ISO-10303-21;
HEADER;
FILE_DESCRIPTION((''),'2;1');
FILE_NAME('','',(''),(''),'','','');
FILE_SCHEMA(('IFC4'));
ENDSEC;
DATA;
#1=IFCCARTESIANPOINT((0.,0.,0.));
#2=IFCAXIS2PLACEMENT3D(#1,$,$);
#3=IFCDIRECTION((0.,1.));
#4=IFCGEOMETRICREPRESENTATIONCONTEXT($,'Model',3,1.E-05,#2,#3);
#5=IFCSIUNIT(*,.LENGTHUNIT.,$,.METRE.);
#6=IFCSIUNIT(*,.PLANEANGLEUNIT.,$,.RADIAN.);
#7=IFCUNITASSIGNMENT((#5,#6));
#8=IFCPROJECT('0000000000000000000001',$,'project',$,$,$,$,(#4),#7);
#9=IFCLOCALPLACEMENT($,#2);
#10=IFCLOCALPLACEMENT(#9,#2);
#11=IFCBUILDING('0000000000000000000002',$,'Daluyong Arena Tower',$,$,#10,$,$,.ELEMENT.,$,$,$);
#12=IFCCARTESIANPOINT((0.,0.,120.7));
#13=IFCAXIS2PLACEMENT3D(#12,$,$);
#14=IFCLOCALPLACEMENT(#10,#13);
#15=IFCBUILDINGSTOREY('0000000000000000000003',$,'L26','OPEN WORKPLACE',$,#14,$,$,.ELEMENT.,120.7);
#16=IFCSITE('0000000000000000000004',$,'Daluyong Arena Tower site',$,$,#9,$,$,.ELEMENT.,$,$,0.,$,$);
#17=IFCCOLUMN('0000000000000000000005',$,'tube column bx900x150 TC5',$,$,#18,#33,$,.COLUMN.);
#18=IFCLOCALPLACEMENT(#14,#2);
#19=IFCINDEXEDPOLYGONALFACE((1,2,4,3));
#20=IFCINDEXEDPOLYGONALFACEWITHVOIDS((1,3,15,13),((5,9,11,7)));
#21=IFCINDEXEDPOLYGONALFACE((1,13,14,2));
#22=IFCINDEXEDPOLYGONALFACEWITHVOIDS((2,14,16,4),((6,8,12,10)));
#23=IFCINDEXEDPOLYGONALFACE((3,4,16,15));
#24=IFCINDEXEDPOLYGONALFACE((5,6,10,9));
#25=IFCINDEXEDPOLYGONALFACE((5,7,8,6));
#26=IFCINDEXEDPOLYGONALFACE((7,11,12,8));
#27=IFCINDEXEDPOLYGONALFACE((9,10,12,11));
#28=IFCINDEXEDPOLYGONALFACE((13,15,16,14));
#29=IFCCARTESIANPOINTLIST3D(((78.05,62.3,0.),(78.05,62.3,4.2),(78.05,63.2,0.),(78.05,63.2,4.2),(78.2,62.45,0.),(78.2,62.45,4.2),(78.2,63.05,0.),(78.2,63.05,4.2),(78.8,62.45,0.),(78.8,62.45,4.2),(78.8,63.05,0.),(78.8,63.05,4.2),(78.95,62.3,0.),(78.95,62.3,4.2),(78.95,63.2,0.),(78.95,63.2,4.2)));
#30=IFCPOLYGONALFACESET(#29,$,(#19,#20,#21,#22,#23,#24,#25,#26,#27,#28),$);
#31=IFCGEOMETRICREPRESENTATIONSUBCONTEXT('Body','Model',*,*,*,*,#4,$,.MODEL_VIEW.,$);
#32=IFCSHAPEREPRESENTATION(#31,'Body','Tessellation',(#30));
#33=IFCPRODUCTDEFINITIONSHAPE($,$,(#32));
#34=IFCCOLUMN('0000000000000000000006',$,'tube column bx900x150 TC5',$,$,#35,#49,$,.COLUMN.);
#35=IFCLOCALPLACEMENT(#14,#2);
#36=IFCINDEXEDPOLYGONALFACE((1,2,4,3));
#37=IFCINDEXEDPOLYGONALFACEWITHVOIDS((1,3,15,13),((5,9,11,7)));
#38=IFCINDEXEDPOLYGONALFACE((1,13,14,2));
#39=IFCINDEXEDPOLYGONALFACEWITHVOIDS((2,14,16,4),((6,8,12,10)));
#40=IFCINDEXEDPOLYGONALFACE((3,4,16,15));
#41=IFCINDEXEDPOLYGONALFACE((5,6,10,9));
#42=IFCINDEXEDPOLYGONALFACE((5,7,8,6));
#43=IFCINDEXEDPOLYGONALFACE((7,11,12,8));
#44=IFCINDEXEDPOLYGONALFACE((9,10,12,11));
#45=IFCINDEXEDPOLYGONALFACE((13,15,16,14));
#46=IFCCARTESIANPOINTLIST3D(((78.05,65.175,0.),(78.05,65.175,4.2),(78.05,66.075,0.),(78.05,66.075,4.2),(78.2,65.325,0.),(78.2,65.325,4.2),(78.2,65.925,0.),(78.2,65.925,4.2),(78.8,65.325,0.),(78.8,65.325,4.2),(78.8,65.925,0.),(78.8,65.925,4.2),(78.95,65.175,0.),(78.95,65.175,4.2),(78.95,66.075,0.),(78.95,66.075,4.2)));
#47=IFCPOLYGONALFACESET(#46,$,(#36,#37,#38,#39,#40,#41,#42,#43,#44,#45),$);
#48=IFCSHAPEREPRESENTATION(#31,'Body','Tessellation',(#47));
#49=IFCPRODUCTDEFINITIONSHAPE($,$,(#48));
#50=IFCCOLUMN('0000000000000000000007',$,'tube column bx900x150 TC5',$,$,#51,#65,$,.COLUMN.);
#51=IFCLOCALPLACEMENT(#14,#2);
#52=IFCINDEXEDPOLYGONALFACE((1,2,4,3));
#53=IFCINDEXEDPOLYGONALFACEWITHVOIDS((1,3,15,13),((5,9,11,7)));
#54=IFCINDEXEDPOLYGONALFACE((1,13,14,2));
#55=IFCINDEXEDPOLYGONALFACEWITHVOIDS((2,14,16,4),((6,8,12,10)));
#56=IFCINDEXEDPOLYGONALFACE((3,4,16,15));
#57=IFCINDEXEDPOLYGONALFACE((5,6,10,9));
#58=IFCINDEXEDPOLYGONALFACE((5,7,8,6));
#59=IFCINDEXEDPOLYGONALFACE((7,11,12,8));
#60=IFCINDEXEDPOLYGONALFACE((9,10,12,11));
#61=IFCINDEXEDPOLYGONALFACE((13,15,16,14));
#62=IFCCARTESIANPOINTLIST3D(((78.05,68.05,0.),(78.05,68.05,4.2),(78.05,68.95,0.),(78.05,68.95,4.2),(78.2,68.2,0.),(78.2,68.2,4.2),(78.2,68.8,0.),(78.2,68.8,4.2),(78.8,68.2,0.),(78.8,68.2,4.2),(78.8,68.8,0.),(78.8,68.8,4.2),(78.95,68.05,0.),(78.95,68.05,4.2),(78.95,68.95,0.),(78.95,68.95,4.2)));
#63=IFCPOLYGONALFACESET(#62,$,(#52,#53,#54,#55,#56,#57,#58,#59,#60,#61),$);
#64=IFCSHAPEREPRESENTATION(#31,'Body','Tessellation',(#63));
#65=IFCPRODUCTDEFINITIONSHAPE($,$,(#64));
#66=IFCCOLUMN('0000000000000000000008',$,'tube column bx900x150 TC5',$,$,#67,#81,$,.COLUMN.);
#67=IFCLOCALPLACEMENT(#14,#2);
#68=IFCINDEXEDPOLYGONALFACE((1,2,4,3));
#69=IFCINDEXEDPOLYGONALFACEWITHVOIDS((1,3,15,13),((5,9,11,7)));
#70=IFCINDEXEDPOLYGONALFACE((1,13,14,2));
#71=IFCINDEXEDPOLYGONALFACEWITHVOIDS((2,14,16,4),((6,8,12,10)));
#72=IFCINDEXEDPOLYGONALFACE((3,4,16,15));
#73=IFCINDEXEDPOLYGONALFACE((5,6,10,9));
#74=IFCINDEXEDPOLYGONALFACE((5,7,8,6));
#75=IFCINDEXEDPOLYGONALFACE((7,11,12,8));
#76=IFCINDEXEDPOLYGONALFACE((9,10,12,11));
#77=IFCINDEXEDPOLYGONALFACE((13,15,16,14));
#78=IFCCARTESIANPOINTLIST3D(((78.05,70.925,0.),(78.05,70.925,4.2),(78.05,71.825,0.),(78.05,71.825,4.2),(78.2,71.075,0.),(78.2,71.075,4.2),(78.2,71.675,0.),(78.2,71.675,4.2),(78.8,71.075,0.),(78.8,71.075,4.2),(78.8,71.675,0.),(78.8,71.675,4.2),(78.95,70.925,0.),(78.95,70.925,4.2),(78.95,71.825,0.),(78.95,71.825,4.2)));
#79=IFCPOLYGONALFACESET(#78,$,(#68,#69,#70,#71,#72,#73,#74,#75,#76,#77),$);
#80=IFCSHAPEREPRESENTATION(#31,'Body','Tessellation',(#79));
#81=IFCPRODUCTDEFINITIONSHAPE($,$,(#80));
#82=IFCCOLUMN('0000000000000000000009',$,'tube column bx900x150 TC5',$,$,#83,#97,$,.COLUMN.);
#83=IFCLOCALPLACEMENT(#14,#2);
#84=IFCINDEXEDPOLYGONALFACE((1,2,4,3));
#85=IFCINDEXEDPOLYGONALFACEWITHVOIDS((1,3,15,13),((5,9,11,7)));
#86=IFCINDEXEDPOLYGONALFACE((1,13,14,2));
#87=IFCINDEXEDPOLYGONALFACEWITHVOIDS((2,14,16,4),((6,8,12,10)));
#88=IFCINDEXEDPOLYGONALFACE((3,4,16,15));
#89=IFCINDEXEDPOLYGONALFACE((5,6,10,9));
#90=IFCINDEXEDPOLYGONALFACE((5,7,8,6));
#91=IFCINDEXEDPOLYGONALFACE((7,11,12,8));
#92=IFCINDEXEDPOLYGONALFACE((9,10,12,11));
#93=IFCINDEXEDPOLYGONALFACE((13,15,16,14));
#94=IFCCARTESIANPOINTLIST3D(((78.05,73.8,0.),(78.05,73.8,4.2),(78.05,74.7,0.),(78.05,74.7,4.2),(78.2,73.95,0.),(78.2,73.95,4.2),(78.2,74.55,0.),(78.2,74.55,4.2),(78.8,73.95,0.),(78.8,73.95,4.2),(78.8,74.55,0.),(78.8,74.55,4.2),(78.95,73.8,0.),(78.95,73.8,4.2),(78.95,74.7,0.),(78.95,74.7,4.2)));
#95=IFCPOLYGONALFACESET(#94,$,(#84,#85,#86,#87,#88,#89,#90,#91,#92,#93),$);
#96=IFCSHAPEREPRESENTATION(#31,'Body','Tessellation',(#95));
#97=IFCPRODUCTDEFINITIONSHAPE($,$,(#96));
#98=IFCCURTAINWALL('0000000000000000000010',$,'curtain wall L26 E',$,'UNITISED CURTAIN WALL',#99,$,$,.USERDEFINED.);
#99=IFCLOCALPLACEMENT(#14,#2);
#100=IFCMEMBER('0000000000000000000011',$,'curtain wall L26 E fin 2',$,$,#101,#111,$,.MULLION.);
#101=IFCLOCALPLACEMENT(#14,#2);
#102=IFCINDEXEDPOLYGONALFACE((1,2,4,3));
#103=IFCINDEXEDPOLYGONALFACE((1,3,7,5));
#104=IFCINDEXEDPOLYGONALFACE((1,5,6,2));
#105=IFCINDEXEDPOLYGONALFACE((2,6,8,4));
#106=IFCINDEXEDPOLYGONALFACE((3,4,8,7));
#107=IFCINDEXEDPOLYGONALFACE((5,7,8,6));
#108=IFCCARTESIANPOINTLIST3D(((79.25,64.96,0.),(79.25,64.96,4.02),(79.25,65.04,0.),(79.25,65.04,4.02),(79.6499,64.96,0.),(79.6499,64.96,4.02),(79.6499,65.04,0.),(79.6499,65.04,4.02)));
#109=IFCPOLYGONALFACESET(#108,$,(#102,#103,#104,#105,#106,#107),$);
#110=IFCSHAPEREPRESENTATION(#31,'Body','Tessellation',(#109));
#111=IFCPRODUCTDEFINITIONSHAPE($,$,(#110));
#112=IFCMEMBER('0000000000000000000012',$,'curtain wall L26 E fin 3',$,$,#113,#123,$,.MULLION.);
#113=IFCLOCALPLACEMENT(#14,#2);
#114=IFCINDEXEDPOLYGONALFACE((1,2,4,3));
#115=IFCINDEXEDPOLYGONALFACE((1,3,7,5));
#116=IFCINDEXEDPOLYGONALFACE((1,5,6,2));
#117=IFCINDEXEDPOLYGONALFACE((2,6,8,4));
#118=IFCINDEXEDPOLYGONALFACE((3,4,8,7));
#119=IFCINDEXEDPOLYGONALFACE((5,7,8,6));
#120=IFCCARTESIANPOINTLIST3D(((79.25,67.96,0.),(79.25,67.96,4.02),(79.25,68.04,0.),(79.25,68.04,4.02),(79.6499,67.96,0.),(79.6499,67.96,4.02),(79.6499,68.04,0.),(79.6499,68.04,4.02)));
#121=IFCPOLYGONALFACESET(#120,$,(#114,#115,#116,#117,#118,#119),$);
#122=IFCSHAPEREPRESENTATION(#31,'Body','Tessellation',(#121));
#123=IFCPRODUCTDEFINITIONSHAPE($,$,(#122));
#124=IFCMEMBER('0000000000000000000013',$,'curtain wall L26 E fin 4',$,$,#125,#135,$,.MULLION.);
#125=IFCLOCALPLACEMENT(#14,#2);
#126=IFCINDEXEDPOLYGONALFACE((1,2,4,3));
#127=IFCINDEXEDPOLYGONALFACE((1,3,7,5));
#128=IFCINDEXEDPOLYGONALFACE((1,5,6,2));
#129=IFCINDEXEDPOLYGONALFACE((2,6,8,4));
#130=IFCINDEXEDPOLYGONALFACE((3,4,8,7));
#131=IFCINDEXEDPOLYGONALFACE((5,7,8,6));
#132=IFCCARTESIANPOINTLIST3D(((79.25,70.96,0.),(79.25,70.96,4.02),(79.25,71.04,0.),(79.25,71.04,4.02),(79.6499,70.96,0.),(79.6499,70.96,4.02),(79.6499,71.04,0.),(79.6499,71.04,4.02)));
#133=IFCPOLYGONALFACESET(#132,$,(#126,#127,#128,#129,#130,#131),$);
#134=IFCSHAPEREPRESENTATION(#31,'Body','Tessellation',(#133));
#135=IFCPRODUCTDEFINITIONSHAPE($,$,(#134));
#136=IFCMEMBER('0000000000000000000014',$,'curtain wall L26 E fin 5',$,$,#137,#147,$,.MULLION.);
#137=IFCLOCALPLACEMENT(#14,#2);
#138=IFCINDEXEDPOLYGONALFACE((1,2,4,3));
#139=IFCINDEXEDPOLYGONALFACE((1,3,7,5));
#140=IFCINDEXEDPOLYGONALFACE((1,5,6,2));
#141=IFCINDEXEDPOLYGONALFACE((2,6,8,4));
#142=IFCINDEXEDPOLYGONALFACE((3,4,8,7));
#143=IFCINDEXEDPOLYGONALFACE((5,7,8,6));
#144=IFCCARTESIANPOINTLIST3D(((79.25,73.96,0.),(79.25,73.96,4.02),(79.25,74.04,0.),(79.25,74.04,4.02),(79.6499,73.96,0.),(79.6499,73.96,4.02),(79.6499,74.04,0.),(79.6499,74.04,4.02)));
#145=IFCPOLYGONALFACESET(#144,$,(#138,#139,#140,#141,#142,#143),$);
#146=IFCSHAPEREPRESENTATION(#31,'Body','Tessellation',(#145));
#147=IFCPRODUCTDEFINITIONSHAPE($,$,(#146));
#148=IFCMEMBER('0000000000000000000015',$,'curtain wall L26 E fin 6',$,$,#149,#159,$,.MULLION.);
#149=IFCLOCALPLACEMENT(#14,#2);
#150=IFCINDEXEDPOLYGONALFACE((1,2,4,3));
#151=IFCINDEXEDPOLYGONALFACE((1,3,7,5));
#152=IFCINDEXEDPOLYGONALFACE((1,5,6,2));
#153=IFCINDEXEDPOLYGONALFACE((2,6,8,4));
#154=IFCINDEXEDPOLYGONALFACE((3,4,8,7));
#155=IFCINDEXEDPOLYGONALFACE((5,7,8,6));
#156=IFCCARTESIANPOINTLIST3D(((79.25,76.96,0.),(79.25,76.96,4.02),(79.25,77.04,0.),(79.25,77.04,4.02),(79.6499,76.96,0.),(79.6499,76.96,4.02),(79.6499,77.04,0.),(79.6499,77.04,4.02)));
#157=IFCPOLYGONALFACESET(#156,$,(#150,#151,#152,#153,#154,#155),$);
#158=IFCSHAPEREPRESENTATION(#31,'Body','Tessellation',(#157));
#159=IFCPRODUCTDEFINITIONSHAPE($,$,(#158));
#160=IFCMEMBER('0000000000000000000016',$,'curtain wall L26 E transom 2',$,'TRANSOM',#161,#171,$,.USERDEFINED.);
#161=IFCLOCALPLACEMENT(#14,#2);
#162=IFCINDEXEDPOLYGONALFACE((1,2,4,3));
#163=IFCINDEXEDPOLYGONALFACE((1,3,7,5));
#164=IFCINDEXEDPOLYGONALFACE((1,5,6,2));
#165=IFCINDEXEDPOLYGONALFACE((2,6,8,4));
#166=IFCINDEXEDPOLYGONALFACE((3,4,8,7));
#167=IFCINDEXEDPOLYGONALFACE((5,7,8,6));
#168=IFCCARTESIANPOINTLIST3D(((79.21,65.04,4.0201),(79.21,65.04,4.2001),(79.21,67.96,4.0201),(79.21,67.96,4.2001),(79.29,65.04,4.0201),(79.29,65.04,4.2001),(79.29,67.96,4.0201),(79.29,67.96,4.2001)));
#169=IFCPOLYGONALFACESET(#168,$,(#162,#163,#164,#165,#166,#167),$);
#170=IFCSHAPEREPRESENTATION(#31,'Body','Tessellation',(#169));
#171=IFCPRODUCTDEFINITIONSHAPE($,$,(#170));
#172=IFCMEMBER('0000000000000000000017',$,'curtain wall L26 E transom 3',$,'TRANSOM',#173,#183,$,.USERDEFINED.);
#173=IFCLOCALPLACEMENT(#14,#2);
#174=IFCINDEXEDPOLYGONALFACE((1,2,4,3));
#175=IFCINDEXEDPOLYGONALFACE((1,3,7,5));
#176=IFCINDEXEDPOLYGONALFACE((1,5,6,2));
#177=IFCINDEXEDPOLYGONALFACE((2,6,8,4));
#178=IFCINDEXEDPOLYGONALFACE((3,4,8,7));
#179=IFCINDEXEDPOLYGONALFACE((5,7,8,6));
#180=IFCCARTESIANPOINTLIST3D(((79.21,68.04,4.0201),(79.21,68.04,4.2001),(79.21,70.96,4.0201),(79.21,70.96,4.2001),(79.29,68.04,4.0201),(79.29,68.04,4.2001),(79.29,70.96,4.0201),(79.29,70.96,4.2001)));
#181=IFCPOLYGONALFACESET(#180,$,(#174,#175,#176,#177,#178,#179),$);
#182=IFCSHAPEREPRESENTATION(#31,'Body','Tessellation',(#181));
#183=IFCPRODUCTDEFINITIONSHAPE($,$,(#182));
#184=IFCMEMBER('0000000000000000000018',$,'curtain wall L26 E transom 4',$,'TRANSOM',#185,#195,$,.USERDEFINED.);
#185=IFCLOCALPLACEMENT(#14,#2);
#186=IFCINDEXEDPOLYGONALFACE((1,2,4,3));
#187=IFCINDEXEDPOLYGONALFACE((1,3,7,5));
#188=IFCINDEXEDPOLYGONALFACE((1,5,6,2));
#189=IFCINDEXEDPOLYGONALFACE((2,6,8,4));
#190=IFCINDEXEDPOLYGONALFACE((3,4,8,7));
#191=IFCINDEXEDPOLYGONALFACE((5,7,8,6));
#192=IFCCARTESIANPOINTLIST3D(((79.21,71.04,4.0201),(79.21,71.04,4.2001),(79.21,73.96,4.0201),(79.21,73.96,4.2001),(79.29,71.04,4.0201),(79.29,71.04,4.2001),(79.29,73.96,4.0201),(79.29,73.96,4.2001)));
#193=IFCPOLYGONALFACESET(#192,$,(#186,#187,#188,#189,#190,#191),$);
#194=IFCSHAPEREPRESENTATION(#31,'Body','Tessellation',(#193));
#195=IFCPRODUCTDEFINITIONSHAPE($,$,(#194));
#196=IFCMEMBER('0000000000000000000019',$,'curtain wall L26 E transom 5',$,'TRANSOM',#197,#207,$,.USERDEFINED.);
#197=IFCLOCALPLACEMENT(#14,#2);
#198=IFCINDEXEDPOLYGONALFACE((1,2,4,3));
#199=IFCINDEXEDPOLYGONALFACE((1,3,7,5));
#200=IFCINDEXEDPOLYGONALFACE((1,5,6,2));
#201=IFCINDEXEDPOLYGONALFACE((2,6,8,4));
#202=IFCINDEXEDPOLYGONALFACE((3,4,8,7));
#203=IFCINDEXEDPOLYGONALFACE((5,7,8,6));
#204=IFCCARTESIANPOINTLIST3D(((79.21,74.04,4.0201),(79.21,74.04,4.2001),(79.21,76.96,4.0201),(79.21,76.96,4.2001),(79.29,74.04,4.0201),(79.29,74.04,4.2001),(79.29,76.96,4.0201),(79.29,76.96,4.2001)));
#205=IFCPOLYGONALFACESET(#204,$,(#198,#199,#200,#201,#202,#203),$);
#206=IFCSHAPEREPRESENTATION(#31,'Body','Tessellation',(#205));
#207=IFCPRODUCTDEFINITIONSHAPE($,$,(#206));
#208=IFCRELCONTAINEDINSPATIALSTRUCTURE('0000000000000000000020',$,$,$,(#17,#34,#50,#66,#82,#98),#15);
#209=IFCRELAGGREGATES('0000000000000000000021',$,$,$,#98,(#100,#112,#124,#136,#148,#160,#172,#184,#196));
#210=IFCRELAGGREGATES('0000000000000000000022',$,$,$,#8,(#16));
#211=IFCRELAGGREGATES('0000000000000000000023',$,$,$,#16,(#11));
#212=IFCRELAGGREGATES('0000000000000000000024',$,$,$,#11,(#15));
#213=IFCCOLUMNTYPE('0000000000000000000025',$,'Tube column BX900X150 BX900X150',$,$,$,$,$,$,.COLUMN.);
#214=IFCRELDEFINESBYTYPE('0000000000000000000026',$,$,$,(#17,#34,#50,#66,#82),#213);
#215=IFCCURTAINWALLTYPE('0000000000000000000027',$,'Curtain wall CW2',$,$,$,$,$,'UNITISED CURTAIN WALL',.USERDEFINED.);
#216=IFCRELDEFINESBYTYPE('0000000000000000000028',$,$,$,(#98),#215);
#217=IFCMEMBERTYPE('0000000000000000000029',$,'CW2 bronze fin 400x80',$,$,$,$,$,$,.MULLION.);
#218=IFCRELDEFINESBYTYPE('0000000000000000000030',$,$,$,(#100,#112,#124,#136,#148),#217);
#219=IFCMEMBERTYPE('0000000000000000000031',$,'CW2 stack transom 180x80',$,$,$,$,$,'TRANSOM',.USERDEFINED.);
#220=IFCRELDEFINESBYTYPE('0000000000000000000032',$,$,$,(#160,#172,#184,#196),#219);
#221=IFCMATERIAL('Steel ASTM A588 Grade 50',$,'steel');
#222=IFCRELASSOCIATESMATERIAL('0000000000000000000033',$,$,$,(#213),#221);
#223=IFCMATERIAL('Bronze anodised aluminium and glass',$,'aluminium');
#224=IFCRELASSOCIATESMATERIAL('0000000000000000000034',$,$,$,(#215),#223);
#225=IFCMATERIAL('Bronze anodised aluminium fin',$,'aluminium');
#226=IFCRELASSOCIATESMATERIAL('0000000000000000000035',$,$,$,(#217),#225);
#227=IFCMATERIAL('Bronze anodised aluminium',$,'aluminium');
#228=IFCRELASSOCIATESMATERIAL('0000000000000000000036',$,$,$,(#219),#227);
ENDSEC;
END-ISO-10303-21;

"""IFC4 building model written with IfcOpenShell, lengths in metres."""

from ifc_helpers import new_model, si_unit, direction, frame, origin, origin_2d, place, context, subcontext, project, spatial, rectangle, hollow_rectangle, extrude, material, material_profile, profile_set, type_object, element, aggregate, save


model = new_model("IFC4")

# Units and contexts
model_context = context("Model", 3, precision=1e-05, world=origin(), true_north=direction((0.0, 1.0)))
body_context = subcontext(model_context, "Body", "Model", "MODEL_VIEW")
ifc_project = project(units=[si_unit("LENGTHUNIT", "METRE"), si_unit("PLANEANGLEUNIT", "RADIAN")], contexts=[model_context])

# Site, building, storey
site_placement = place(None, origin())
site = spatial("IfcSite", under=ifc_project, at=site_placement, Name="Daluyong Arena Tower site", CompositionType="ELEMENT", RefElevation=0.0)
building_placement = place(site_placement, origin())
building = spatial("IfcBuilding", under=site, at=building_placement, Name="Daluyong Arena Tower", CompositionType="ELEMENT")
storey_placement = place(building_placement, frame((0.0, 0.0, 120.7)))
storey = spatial("IfcBuildingStorey", under=building, at=storey_placement, Name="L26", Description="OPEN WORKPLACE", CompositionType="ELEMENT", Elevation=120.7)

# Columns
ifc_material_1 = material(Name="Steel ASTM A588 Grade 50", Category="steel")
ifc_material_profile_1 = material_profile(ifc_material_1, hollow_rectangle(XDim=0.8999, YDim=0.8999, WallThickness=0.15, at=origin_2d()))
ifc_profile_set_1 = profile_set([ifc_material_profile_1], Name="Steel ASTM A588 Grade 50")
column_type = type_object("IfcColumnType", Name="Tube column BX900X150 BX900X150", PredefinedType="COLUMN", material=ifc_profile_set_1)
for number, where, z_axis, x_axis, name in (
    (1, (78.5, 62.75, 0.0), (0.0, 0.0, 1.0), (0.0, 1.0, 0.0), "tube column bx900x150 TC5"),
    (2, (78.5, 65.625, 0.0), (0.0, 0.0, 1.0), (0.0, 1.0, 0.0), "tube column bx900x150 TC5"),
    (3, (78.5, 68.5, 0.0), (0.0, 0.0, 1.0), (0.0, 1.0, 0.0), "tube column bx900x150 TC5"),
    (4, (78.5, 71.375, 0.0), (0.0, 0.0, 1.0), (0.0, 1.0, 0.0), "tube column bx900x150 TC5"),
    (5, (78.5, 74.25, 0.0), (0.0, 0.0, 1.0), (0.0, 1.0, 0.0), "tube column bx900x150 TC5"),
):
    element("IfcColumn", number, at=place(storey_placement, frame(where, z_axis=z_axis, x_axis=x_axis)), inside=storey, type_object=column_type, Name=name, PredefinedType="COLUMN", context=body_context, shape_type="SweptSolid", body=[
        extrude(hollow_rectangle(XDim=0.8999, YDim=0.8999, WallThickness=0.15, at=origin_2d()), origin(), (0.0, 0.0, 1.0), 4.2),
    ])

# Curtain wall, members
ifc_material_2 = material(Name="Bronze anodised aluminium and glass", Category="aluminium")
curtain_wall_type = type_object("IfcCurtainWallType", Name="Curtain wall CW2", ElementType="UNITISED CURTAIN WALL", PredefinedType="USERDEFINED", material=ifc_material_2)
curtain_wall_placement = place(storey_placement, origin())
curtain_wall = element("IfcCurtainWall", 6, at=curtain_wall_placement, inside=storey, type_object=curtain_wall_type, Name="curtain wall L26 E", ObjectType="UNITISED CURTAIN WALL", PredefinedType="USERDEFINED")
ifc_material_3 = material(Name="Bronze anodised aluminium fin", Category="aluminium")
ifc_material_profile_2 = material_profile(ifc_material_3, rectangle(XDim=0.3999, YDim=0.0801, at=origin_2d()))
ifc_profile_set_2 = profile_set([ifc_material_profile_2], Name="Bronze anodised aluminium fin")
member_type_1 = type_object("IfcMemberType", Name="CW2 bronze fin 400x80", PredefinedType="MULLION", material=ifc_profile_set_2)
member_1_placement = place(storey_placement, frame((79.45, 65.0, 0.0), z_axis=(0.0, 0.0, 1.0), x_axis=(-1.0, 0.0, 0.0)))
member_1 = element("IfcMember", 7, at=member_1_placement, type_object=member_type_1, Name="curtain wall L26 E fin 2", PredefinedType="MULLION", context=body_context, shape_type="SweptSolid", body=[
    extrude(rectangle(XDim=0.3999, YDim=0.0801, at=origin_2d()), origin(), (0.0, 0.0, 1.0), 4.02),
])
member_2_placement = place(storey_placement, frame((79.45, 68.0, 0.0), z_axis=(0.0, 0.0, 1.0), x_axis=(-1.0, 0.0, 0.0)))
member_2 = element("IfcMember", 8, at=member_2_placement, type_object=member_type_1, Name="curtain wall L26 E fin 3", PredefinedType="MULLION", context=body_context, shape_type="SweptSolid", body=[
    extrude(rectangle(XDim=0.3999, YDim=0.0801, at=origin_2d()), origin(), (0.0, 0.0, 1.0), 4.02),
])
member_3_placement = place(storey_placement, frame((79.45, 71.0, 0.0), z_axis=(0.0, 0.0, 1.0), x_axis=(-1.0, 0.0, 0.0)))
member_3 = element("IfcMember", 9, at=member_3_placement, type_object=member_type_1, Name="curtain wall L26 E fin 4", PredefinedType="MULLION", context=body_context, shape_type="SweptSolid", body=[
    extrude(rectangle(XDim=0.3999, YDim=0.0801, at=origin_2d()), origin(), (0.0, 0.0, 1.0), 4.02),
])
member_4_placement = place(storey_placement, frame((79.45, 74.0, 0.0), z_axis=(0.0, 0.0, 1.0), x_axis=(-1.0, 0.0, 0.0)))
member_4 = element("IfcMember", 10, at=member_4_placement, type_object=member_type_1, Name="curtain wall L26 E fin 5", PredefinedType="MULLION", context=body_context, shape_type="SweptSolid", body=[
    extrude(rectangle(XDim=0.3999, YDim=0.0801, at=origin_2d()), origin(), (0.0, 0.0, 1.0), 4.02),
])
member_5_placement = place(storey_placement, frame((79.45, 77.0, 0.0), z_axis=(0.0, 0.0, 1.0), x_axis=(-1.0, 0.0, 0.0)))
member_5 = element("IfcMember", 11, at=member_5_placement, type_object=member_type_1, Name="curtain wall L26 E fin 6", PredefinedType="MULLION", context=body_context, shape_type="SweptSolid", body=[
    extrude(rectangle(XDim=0.3999, YDim=0.0801, at=origin_2d()), origin(), (0.0, 0.0, 1.0), 4.02),
])
ifc_material_4 = material(Name="Bronze anodised aluminium", Category="aluminium")
ifc_material_profile_3 = material_profile(ifc_material_4, rectangle(XDim=0.0801, YDim=0.1799, at=origin_2d()))
ifc_profile_set_3 = profile_set([ifc_material_profile_3], Name="Bronze anodised aluminium")
member_type_2 = type_object("IfcMemberType", Name="CW2 stack transom 180x80", ElementType="TRANSOM", PredefinedType="USERDEFINED", material=ifc_profile_set_3)
member_6_placement = place(storey_placement, frame((79.25, 65.04, 4.1101), z_axis=(0.0, 1.0, 0.0), x_axis=(-1.0, 0.0, 0.0)))
member_6 = element("IfcMember", 12, at=member_6_placement, type_object=member_type_2, Name="curtain wall L26 E transom 2", ObjectType="TRANSOM", PredefinedType="USERDEFINED", context=body_context, shape_type="SweptSolid", body=[
    extrude(rectangle(XDim=0.0801, YDim=0.1799, at=origin_2d()), origin(), (0.0, 0.0, 1.0), 2.9199),
])
member_7_placement = place(storey_placement, frame((79.25, 68.04, 4.1101), z_axis=(0.0, 1.0, 0.0), x_axis=(-1.0, 0.0, 0.0)))
member_7 = element("IfcMember", 13, at=member_7_placement, type_object=member_type_2, Name="curtain wall L26 E transom 3", ObjectType="TRANSOM", PredefinedType="USERDEFINED", context=body_context, shape_type="SweptSolid", body=[
    extrude(rectangle(XDim=0.0801, YDim=0.1799, at=origin_2d()), origin(), (0.0, 0.0, 1.0), 2.9199),
])
member_8_placement = place(storey_placement, frame((79.25, 71.04, 4.1101), z_axis=(0.0, 1.0, 0.0), x_axis=(-1.0, 0.0, 0.0)))
member_8 = element("IfcMember", 14, at=member_8_placement, type_object=member_type_2, Name="curtain wall L26 E transom 4", ObjectType="TRANSOM", PredefinedType="USERDEFINED", context=body_context, shape_type="SweptSolid", body=[
    extrude(rectangle(XDim=0.0801, YDim=0.1799, at=origin_2d()), origin(), (0.0, 0.0, 1.0), 2.9199),
])
member_9_placement = place(storey_placement, frame((79.25, 74.04, 4.1101), z_axis=(0.0, 1.0, 0.0), x_axis=(-1.0, 0.0, 0.0)))
member_9 = element("IfcMember", 15, at=member_9_placement, type_object=member_type_2, Name="curtain wall L26 E transom 5", ObjectType="TRANSOM", PredefinedType="USERDEFINED", context=body_context, shape_type="SweptSolid", body=[
    extrude(rectangle(XDim=0.0801, YDim=0.1799, at=origin_2d()), origin(), (0.0, 0.0, 1.0), 2.9199),
])

aggregate(curtain_wall, [member_1, member_2, member_3, member_4, member_5, member_6, member_7, member_8, member_9])

save(model, "model.ifc")
